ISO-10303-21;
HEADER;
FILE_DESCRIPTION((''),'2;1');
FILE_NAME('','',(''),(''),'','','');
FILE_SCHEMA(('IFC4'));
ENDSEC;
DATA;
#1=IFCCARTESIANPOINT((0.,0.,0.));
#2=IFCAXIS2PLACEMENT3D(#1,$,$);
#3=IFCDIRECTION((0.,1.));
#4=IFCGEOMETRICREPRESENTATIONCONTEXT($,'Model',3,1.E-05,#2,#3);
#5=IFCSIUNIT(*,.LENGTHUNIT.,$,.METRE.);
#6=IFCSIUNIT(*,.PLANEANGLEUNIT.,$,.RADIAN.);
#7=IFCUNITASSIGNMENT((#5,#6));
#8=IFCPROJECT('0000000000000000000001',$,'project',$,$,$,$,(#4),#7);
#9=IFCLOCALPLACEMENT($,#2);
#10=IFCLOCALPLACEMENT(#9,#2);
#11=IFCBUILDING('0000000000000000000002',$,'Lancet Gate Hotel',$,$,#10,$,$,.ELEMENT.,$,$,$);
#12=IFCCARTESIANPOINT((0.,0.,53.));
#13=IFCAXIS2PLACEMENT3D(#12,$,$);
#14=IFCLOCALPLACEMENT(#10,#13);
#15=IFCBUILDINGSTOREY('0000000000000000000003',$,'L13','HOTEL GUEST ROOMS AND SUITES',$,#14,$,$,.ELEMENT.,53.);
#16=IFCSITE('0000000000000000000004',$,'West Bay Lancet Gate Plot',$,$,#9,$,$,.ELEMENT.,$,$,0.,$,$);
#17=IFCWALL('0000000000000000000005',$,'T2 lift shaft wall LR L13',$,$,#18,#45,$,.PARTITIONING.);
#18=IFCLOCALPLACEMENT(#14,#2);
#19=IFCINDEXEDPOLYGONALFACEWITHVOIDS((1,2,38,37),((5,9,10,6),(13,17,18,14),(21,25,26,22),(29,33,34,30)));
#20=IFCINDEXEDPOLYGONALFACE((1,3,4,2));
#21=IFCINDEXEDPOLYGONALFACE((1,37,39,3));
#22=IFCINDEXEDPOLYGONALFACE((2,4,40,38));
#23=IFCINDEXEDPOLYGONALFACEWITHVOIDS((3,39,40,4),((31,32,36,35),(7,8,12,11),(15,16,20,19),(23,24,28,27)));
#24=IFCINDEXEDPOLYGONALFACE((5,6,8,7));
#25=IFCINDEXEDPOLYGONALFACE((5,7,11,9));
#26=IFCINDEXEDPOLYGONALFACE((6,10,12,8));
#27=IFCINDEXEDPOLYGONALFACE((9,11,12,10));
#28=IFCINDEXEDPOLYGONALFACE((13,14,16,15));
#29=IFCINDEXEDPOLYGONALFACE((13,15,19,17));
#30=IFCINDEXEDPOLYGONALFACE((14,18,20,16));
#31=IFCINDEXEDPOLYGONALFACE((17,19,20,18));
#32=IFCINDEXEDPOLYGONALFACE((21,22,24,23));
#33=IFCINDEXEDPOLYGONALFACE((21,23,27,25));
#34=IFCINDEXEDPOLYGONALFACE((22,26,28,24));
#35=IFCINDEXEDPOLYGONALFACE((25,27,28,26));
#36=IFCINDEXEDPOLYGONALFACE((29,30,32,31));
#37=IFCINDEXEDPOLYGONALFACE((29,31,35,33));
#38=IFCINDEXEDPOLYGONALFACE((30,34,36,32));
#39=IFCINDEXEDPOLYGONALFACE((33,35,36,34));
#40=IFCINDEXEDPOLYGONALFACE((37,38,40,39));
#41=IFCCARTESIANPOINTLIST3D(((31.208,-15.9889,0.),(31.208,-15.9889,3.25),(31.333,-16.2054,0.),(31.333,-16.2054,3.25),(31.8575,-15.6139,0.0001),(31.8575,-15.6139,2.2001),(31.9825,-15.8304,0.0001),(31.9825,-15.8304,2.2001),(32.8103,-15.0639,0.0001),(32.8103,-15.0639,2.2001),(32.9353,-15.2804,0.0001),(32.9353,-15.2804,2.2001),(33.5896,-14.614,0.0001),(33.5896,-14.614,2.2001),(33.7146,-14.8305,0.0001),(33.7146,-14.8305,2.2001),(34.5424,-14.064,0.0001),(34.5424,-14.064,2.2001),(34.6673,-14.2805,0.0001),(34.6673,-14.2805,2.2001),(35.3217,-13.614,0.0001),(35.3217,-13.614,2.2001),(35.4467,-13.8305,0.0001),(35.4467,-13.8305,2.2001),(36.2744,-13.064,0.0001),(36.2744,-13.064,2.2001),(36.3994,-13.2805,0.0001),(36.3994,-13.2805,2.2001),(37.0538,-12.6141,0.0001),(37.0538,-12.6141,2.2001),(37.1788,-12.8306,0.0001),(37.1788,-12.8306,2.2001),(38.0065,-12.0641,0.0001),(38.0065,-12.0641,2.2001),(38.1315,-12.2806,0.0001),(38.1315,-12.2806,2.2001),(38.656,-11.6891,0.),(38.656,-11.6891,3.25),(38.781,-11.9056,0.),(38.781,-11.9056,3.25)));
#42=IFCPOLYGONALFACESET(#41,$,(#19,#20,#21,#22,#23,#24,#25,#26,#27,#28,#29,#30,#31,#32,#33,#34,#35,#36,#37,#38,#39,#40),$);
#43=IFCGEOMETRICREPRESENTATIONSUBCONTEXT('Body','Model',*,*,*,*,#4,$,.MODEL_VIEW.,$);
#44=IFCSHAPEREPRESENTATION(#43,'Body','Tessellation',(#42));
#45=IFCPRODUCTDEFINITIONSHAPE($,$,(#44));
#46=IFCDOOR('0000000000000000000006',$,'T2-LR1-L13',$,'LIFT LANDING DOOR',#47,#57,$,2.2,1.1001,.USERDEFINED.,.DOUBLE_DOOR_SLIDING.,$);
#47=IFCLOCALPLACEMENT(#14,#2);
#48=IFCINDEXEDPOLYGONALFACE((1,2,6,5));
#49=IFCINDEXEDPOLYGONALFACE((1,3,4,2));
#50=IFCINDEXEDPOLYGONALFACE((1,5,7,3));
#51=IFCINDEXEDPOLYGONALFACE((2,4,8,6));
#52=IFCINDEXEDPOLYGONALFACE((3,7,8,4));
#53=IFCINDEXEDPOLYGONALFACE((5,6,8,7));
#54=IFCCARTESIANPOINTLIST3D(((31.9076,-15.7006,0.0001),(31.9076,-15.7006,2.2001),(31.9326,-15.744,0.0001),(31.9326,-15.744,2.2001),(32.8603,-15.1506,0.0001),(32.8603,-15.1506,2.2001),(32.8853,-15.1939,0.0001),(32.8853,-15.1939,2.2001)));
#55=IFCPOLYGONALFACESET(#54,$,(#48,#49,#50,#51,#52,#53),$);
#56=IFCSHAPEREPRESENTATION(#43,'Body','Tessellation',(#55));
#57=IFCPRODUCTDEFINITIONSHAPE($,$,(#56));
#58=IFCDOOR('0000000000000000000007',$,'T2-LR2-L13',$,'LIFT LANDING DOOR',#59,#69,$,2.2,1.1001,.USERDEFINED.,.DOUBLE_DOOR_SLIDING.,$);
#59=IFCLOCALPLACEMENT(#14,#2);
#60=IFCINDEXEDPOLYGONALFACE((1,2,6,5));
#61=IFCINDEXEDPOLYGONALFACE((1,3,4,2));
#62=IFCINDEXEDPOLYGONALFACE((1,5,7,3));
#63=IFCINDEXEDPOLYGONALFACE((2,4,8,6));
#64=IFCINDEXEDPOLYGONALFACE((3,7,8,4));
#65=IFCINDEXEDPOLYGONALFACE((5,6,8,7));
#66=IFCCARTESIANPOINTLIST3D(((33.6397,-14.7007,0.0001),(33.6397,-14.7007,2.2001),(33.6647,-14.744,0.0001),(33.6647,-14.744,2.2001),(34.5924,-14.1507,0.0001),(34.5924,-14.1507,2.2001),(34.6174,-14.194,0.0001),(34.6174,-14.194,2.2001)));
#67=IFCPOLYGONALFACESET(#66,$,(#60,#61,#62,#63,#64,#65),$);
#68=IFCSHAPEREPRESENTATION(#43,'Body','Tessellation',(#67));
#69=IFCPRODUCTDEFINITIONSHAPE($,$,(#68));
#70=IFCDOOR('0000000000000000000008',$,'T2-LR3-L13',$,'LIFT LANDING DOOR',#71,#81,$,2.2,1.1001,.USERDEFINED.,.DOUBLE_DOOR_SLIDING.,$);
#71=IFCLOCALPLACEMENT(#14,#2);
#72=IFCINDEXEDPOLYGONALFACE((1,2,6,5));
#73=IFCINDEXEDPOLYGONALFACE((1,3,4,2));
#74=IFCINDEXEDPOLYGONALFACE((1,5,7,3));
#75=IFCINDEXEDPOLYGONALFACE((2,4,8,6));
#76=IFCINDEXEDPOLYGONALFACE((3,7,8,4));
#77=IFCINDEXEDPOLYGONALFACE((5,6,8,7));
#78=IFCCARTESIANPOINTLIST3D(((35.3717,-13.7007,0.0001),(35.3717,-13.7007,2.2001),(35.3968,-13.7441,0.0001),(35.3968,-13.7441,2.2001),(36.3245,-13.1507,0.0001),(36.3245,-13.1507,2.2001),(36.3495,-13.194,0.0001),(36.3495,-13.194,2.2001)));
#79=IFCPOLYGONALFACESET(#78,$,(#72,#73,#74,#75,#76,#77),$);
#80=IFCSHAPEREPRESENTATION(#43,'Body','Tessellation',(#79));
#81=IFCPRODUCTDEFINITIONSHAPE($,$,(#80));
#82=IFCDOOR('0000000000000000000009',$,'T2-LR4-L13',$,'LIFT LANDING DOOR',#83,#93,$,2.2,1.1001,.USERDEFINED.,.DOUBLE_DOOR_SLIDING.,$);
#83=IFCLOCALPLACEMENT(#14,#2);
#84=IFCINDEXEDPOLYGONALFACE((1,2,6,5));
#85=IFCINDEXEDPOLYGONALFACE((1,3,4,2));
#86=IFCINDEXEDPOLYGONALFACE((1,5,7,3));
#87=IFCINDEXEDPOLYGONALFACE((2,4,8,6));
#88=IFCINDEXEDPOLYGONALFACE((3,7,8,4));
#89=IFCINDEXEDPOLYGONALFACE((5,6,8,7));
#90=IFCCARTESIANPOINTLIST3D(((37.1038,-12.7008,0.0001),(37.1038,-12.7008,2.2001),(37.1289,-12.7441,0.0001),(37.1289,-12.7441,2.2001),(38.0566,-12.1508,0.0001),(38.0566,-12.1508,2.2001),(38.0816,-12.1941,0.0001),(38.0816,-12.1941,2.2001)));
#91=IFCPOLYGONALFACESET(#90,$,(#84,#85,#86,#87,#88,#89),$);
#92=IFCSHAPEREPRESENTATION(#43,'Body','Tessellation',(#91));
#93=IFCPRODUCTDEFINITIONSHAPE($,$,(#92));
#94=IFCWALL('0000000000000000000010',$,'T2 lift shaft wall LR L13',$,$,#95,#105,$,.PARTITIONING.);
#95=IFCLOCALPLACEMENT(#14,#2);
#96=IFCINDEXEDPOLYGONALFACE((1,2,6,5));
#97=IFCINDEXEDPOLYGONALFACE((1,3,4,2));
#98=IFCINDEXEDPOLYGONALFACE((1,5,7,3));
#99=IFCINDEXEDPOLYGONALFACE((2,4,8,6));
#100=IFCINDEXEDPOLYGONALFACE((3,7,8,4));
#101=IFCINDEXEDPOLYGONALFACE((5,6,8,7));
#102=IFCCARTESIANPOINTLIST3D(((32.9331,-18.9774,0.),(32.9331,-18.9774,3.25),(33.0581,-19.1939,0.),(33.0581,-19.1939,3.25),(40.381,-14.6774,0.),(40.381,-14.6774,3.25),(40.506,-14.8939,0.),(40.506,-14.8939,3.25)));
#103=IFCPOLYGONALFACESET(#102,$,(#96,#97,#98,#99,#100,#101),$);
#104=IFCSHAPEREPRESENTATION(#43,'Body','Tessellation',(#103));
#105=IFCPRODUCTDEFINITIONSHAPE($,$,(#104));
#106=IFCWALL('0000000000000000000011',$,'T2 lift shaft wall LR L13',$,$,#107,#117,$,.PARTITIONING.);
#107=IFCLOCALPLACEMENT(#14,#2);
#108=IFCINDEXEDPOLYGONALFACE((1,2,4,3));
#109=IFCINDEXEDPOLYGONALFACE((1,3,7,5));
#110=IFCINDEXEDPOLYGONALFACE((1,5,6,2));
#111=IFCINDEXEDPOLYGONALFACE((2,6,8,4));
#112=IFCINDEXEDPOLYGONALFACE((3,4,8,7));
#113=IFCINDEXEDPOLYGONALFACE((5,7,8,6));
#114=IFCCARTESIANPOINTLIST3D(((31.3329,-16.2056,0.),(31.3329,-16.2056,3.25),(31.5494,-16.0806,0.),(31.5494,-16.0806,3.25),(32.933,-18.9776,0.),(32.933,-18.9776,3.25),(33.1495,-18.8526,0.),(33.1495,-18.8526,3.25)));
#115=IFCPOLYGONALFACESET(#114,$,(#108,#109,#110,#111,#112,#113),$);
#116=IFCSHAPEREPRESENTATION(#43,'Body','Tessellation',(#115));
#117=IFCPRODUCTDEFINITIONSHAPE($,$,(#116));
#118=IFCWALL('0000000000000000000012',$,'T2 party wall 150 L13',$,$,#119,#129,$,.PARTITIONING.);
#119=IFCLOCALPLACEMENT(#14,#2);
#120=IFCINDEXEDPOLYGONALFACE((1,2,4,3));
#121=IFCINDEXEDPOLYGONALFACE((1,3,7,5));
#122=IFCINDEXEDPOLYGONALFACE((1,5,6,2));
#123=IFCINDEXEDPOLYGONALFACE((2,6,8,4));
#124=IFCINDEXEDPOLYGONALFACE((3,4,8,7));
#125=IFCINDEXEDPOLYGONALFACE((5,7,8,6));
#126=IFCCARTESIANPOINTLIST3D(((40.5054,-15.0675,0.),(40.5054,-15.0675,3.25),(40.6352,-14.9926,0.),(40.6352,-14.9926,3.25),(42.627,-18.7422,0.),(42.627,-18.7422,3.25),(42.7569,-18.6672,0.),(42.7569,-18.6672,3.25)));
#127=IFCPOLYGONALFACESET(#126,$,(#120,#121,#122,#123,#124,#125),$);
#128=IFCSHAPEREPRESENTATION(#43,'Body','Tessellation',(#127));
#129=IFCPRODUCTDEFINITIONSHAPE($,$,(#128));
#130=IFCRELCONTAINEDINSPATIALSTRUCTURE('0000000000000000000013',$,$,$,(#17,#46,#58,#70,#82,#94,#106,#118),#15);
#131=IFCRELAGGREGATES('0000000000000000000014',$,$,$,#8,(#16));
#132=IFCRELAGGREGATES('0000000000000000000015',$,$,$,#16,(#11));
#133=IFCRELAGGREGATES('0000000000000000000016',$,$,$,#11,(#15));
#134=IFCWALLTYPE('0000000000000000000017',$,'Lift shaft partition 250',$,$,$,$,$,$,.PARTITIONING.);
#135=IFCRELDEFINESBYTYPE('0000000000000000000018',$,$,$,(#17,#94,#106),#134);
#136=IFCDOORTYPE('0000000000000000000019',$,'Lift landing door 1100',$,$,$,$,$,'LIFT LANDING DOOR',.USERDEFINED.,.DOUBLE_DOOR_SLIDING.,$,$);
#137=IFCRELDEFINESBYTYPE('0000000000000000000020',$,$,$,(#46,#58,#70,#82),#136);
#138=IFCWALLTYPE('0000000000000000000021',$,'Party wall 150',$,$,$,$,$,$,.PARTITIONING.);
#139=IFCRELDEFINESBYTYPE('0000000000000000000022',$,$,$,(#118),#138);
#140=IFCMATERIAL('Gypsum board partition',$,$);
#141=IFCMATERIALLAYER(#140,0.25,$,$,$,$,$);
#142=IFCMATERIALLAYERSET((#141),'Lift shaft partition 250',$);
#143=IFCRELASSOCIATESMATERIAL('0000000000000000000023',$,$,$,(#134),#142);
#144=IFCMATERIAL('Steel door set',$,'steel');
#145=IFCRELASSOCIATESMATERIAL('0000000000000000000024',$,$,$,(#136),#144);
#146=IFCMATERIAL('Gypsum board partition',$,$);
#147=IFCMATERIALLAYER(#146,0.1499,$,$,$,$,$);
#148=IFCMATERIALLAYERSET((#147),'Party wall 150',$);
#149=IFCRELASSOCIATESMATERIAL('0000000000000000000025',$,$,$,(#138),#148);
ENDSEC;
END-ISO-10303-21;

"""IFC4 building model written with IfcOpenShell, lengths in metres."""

from ifc_helpers import new_model, si_unit, direction, frame, frame_2d, origin, place, context, subcontext, project, spatial, rectangle, extrude, material, layer, layer_set, type_object, element, fill, save


model = new_model("IFC4")

# Units and contexts
model_context = context("Model", 3, precision=1e-05, world=origin(), true_north=direction((0.0, 1.0)))
body_context = subcontext(model_context, "Body", "Model", "MODEL_VIEW")
ifc_project = project(units=[si_unit("LENGTHUNIT", "METRE"), si_unit("PLANEANGLEUNIT", "RADIAN")], contexts=[model_context])

# Site, building, storey
site_placement = place(None, origin())
site = spatial("IfcSite", under=ifc_project, at=site_placement, Name="West Bay Lancet Gate Plot", CompositionType="ELEMENT", RefElevation=0.0)
building_placement = place(site_placement, origin())
building = spatial("IfcBuilding", under=site, at=building_placement, Name="Lancet Gate Hotel", CompositionType="ELEMENT")
storey_placement = place(building_placement, frame((0.0, 0.0, 53.0)))
storey = spatial("IfcBuildingStorey", under=building, at=storey_placement, Name="L13", Description="HOTEL GUEST ROOMS AND SUITES", CompositionType="ELEMENT", Elevation=53.0)

# Wall, openings, doors
ifc_material_1 = material(Name="Gypsum board partition")
ifc_layer_1 = layer(ifc_material_1, 0.25)
ifc_layer_set_1 = layer_set([ifc_layer_1], Name="Lift shaft partition 250")
wall_type_1 = type_object("IfcWallType", Name="Lift shaft partition 250", PredefinedType="PARTITIONING", material=ifc_layer_set_1)
wall_1_placement = place(storey_placement, frame((31.2705, -16.0972, 0.0), z_axis=(0.0, 0.0, 1.0), x_axis=(0.86604, 0.499974, 0.0)))
wall_1 = element("IfcWall", 1, at=wall_1_placement, inside=storey, type_object=wall_type_1, Name="T2 lift shaft wall LR L13", PredefinedType="PARTITIONING", context=body_context, shape_type="SweptSolid", body=[
    extrude(rectangle(XDim=8.6001, YDim=0.25, at=frame_2d((4.3, 0.0))), origin(), (0.0, 0.0, 1.0), 3.25),
])
opening_1_placement = place(wall_1_placement, frame((0.75, 0.0, 0.0)))
opening_1 = element("IfcOpeningElement", 2, at=opening_1_placement, cuts=wall_1, PredefinedType="OPENING", context=body_context, shape_type="SweptSolid", body=[
    extrude(rectangle(XDim=1.1001, YDim=2.2, at=frame_2d((0.55, 1.1001))), frame((0.0, 0.135, 0.0), z_axis=(0.0, -1.0, 0.0), x_axis=(1.0, 0.0, 0.0)), (0.0, 0.0, 1.0), 0.27),
])
opening_2_placement = place(wall_1_placement, frame((2.75, 0.0, 0.0)))
opening_2 = element("IfcOpeningElement", 3, at=opening_2_placement, cuts=wall_1, PredefinedType="OPENING", context=body_context, shape_type="SweptSolid", body=[
    extrude(rectangle(XDim=1.1001, YDim=2.2, at=frame_2d((0.55, 1.1001))), frame((0.0, 0.135, 0.0), z_axis=(0.0, -1.0, 0.0), x_axis=(1.0, 0.0, 0.0)), (0.0, 0.0, 1.0), 0.27),
])
opening_3_placement = place(wall_1_placement, frame((4.75, 0.0, 0.0)))
opening_3 = element("IfcOpeningElement", 4, at=opening_3_placement, cuts=wall_1, PredefinedType="OPENING", context=body_context, shape_type="SweptSolid", body=[
    extrude(rectangle(XDim=1.1001, YDim=2.2, at=frame_2d((0.55, 1.1001))), frame((0.0, 0.135, 0.0), z_axis=(0.0, -1.0, 0.0), x_axis=(1.0, 0.0, 0.0)), (0.0, 0.0, 1.0), 0.27),
])
opening_4_placement = place(wall_1_placement, frame((6.75, 0.0, 0.0)))
opening_4 = element("IfcOpeningElement", 5, at=opening_4_placement, cuts=wall_1, PredefinedType="OPENING", context=body_context, shape_type="SweptSolid", body=[
    extrude(rectangle(XDim=1.1001, YDim=2.2, at=frame_2d((0.55, 1.1001))), frame((0.0, 0.135, 0.0), z_axis=(0.0, -1.0, 0.0), x_axis=(1.0, 0.0, 0.0)), (0.0, 0.0, 1.0), 0.27),
])
ifc_material_2 = material(Name="Steel door set", Category="steel")
door_type = type_object("IfcDoorType", Name="Lift landing door 1100", ElementType="LIFT LANDING DOOR", OperationType="DOUBLE_DOOR_SLIDING", PredefinedType="USERDEFINED", material=ifc_material_2)
door_1_placement = place(opening_1_placement, origin())
door_1 = element("IfcDoor", 6, at=door_1_placement, inside=storey, type_object=door_type, Name="T2-LR1-L13", ObjectType="LIFT LANDING DOOR", OperationType="DOUBLE_DOOR_SLIDING", OverallHeight=2.2, OverallWidth=1.1001, PredefinedType="USERDEFINED", context=body_context, shape_type="SweptSolid", body=[
    extrude(rectangle(XDim=1.1001, YDim=2.2, at=frame_2d((0.55, 1.1001))), frame((0.0, 0.0249, 0.0), z_axis=(0.0, -1.0, 0.0), x_axis=(1.0, 0.0, 0.0)), (0.0, 0.0, 1.0), 0.05),
])
fill(opening_1, door_1)
door_2_placement = place(opening_2_placement, origin())
door_2 = element("IfcDoor", 7, at=door_2_placement, inside=storey, type_object=door_type, Name="T2-LR2-L13", ObjectType="LIFT LANDING DOOR", OperationType="DOUBLE_DOOR_SLIDING", OverallHeight=2.2, OverallWidth=1.1001, PredefinedType="USERDEFINED", context=body_context, shape_type="SweptSolid", body=[
    extrude(rectangle(XDim=1.1001, YDim=2.2, at=frame_2d((0.55, 1.1001))), frame((0.0, 0.0249, 0.0), z_axis=(0.0, -1.0, 0.0), x_axis=(1.0, 0.0, 0.0)), (0.0, 0.0, 1.0), 0.05),
])
fill(opening_2, door_2)
door_3_placement = place(opening_3_placement, origin())
door_3 = element("IfcDoor", 8, at=door_3_placement, inside=storey, type_object=door_type, Name="T2-LR3-L13", ObjectType="LIFT LANDING DOOR", OperationType="DOUBLE_DOOR_SLIDING", OverallHeight=2.2, OverallWidth=1.1001, PredefinedType="USERDEFINED", context=body_context, shape_type="SweptSolid", body=[
    extrude(rectangle(XDim=1.1001, YDim=2.2, at=frame_2d((0.55, 1.1001))), frame((0.0, 0.0249, 0.0), z_axis=(0.0, -1.0, 0.0), x_axis=(1.0, 0.0, 0.0)), (0.0, 0.0, 1.0), 0.05),
])
fill(opening_3, door_3)
door_4_placement = place(opening_4_placement, origin())
door_4 = element("IfcDoor", 9, at=door_4_placement, inside=storey, type_object=door_type, Name="T2-LR4-L13", ObjectType="LIFT LANDING DOOR", OperationType="DOUBLE_DOOR_SLIDING", OverallHeight=2.2, OverallWidth=1.1001, PredefinedType="USERDEFINED", context=body_context, shape_type="SweptSolid", body=[
    extrude(rectangle(XDim=1.1001, YDim=2.2, at=frame_2d((0.55, 1.1001))), frame((0.0, 0.0249, 0.0), z_axis=(0.0, -1.0, 0.0), x_axis=(1.0, 0.0, 0.0)), (0.0, 0.0, 1.0), 0.05),
])
fill(opening_4, door_4)

# Walls
wall_2_placement = place(storey_placement, frame((32.9956, -19.0857, 0.0), z_axis=(0.0, 0.0, 1.0), x_axis=(0.866028, 0.499995, 0.0)))
element("IfcWall", 10, at=wall_2_placement, inside=storey, type_object=wall_type_1, Name="T2 lift shaft wall LR L13", PredefinedType="PARTITIONING", context=body_context, shape_type="SweptSolid", body=[
    extrude(rectangle(XDim=8.6001, YDim=0.25, at=frame_2d((4.3, 0.0))), origin(), (0.0, 0.0, 1.0), 3.25),
])
wall_3_placement = place(storey_placement, frame((31.4412, -16.1431, 0.0), z_axis=(0.0, 0.0, 1.0), x_axis=(0.499929, -0.866066, 0.0)))
element("IfcWall", 11, at=wall_3_placement, inside=storey, type_object=wall_type_1, Name="T2 lift shaft wall LR L13", PredefinedType="PARTITIONING", context=body_context, shape_type="SweptSolid", body=[
    extrude(rectangle(XDim=3.2007, YDim=0.25, at=frame_2d((1.6003, 0.0))), origin(), (0.0, 0.0, 1.0), 3.25),
])
ifc_material_3 = material(Name="Gypsum board partition")
ifc_layer_2 = layer(ifc_material_3, 0.1499)
ifc_layer_set_2 = layer_set([ifc_layer_2], Name="Party wall 150")
wall_type_2 = type_object("IfcWallType", Name="Party wall 150", PredefinedType="PARTITIONING", material=ifc_layer_set_2)
wall_4_placement = place(storey_placement, frame((40.5703, -15.03, 0.0), z_axis=(0.0, 0.0, 1.0), x_axis=(0.500013, -0.866018, 0.0)))
element("IfcWall", 12, at=wall_4_placement, inside=storey, type_object=wall_type_2, Name="T2 party wall 150 L13", PredefinedType="PARTITIONING", context=body_context, shape_type="SweptSolid", body=[
    extrude(rectangle(XDim=4.2432, YDim=0.1499, at=frame_2d((2.1216, 0.0))), origin(), (0.0, 0.0, 1.0), 3.25),
])

save(model, "model.ifc")
